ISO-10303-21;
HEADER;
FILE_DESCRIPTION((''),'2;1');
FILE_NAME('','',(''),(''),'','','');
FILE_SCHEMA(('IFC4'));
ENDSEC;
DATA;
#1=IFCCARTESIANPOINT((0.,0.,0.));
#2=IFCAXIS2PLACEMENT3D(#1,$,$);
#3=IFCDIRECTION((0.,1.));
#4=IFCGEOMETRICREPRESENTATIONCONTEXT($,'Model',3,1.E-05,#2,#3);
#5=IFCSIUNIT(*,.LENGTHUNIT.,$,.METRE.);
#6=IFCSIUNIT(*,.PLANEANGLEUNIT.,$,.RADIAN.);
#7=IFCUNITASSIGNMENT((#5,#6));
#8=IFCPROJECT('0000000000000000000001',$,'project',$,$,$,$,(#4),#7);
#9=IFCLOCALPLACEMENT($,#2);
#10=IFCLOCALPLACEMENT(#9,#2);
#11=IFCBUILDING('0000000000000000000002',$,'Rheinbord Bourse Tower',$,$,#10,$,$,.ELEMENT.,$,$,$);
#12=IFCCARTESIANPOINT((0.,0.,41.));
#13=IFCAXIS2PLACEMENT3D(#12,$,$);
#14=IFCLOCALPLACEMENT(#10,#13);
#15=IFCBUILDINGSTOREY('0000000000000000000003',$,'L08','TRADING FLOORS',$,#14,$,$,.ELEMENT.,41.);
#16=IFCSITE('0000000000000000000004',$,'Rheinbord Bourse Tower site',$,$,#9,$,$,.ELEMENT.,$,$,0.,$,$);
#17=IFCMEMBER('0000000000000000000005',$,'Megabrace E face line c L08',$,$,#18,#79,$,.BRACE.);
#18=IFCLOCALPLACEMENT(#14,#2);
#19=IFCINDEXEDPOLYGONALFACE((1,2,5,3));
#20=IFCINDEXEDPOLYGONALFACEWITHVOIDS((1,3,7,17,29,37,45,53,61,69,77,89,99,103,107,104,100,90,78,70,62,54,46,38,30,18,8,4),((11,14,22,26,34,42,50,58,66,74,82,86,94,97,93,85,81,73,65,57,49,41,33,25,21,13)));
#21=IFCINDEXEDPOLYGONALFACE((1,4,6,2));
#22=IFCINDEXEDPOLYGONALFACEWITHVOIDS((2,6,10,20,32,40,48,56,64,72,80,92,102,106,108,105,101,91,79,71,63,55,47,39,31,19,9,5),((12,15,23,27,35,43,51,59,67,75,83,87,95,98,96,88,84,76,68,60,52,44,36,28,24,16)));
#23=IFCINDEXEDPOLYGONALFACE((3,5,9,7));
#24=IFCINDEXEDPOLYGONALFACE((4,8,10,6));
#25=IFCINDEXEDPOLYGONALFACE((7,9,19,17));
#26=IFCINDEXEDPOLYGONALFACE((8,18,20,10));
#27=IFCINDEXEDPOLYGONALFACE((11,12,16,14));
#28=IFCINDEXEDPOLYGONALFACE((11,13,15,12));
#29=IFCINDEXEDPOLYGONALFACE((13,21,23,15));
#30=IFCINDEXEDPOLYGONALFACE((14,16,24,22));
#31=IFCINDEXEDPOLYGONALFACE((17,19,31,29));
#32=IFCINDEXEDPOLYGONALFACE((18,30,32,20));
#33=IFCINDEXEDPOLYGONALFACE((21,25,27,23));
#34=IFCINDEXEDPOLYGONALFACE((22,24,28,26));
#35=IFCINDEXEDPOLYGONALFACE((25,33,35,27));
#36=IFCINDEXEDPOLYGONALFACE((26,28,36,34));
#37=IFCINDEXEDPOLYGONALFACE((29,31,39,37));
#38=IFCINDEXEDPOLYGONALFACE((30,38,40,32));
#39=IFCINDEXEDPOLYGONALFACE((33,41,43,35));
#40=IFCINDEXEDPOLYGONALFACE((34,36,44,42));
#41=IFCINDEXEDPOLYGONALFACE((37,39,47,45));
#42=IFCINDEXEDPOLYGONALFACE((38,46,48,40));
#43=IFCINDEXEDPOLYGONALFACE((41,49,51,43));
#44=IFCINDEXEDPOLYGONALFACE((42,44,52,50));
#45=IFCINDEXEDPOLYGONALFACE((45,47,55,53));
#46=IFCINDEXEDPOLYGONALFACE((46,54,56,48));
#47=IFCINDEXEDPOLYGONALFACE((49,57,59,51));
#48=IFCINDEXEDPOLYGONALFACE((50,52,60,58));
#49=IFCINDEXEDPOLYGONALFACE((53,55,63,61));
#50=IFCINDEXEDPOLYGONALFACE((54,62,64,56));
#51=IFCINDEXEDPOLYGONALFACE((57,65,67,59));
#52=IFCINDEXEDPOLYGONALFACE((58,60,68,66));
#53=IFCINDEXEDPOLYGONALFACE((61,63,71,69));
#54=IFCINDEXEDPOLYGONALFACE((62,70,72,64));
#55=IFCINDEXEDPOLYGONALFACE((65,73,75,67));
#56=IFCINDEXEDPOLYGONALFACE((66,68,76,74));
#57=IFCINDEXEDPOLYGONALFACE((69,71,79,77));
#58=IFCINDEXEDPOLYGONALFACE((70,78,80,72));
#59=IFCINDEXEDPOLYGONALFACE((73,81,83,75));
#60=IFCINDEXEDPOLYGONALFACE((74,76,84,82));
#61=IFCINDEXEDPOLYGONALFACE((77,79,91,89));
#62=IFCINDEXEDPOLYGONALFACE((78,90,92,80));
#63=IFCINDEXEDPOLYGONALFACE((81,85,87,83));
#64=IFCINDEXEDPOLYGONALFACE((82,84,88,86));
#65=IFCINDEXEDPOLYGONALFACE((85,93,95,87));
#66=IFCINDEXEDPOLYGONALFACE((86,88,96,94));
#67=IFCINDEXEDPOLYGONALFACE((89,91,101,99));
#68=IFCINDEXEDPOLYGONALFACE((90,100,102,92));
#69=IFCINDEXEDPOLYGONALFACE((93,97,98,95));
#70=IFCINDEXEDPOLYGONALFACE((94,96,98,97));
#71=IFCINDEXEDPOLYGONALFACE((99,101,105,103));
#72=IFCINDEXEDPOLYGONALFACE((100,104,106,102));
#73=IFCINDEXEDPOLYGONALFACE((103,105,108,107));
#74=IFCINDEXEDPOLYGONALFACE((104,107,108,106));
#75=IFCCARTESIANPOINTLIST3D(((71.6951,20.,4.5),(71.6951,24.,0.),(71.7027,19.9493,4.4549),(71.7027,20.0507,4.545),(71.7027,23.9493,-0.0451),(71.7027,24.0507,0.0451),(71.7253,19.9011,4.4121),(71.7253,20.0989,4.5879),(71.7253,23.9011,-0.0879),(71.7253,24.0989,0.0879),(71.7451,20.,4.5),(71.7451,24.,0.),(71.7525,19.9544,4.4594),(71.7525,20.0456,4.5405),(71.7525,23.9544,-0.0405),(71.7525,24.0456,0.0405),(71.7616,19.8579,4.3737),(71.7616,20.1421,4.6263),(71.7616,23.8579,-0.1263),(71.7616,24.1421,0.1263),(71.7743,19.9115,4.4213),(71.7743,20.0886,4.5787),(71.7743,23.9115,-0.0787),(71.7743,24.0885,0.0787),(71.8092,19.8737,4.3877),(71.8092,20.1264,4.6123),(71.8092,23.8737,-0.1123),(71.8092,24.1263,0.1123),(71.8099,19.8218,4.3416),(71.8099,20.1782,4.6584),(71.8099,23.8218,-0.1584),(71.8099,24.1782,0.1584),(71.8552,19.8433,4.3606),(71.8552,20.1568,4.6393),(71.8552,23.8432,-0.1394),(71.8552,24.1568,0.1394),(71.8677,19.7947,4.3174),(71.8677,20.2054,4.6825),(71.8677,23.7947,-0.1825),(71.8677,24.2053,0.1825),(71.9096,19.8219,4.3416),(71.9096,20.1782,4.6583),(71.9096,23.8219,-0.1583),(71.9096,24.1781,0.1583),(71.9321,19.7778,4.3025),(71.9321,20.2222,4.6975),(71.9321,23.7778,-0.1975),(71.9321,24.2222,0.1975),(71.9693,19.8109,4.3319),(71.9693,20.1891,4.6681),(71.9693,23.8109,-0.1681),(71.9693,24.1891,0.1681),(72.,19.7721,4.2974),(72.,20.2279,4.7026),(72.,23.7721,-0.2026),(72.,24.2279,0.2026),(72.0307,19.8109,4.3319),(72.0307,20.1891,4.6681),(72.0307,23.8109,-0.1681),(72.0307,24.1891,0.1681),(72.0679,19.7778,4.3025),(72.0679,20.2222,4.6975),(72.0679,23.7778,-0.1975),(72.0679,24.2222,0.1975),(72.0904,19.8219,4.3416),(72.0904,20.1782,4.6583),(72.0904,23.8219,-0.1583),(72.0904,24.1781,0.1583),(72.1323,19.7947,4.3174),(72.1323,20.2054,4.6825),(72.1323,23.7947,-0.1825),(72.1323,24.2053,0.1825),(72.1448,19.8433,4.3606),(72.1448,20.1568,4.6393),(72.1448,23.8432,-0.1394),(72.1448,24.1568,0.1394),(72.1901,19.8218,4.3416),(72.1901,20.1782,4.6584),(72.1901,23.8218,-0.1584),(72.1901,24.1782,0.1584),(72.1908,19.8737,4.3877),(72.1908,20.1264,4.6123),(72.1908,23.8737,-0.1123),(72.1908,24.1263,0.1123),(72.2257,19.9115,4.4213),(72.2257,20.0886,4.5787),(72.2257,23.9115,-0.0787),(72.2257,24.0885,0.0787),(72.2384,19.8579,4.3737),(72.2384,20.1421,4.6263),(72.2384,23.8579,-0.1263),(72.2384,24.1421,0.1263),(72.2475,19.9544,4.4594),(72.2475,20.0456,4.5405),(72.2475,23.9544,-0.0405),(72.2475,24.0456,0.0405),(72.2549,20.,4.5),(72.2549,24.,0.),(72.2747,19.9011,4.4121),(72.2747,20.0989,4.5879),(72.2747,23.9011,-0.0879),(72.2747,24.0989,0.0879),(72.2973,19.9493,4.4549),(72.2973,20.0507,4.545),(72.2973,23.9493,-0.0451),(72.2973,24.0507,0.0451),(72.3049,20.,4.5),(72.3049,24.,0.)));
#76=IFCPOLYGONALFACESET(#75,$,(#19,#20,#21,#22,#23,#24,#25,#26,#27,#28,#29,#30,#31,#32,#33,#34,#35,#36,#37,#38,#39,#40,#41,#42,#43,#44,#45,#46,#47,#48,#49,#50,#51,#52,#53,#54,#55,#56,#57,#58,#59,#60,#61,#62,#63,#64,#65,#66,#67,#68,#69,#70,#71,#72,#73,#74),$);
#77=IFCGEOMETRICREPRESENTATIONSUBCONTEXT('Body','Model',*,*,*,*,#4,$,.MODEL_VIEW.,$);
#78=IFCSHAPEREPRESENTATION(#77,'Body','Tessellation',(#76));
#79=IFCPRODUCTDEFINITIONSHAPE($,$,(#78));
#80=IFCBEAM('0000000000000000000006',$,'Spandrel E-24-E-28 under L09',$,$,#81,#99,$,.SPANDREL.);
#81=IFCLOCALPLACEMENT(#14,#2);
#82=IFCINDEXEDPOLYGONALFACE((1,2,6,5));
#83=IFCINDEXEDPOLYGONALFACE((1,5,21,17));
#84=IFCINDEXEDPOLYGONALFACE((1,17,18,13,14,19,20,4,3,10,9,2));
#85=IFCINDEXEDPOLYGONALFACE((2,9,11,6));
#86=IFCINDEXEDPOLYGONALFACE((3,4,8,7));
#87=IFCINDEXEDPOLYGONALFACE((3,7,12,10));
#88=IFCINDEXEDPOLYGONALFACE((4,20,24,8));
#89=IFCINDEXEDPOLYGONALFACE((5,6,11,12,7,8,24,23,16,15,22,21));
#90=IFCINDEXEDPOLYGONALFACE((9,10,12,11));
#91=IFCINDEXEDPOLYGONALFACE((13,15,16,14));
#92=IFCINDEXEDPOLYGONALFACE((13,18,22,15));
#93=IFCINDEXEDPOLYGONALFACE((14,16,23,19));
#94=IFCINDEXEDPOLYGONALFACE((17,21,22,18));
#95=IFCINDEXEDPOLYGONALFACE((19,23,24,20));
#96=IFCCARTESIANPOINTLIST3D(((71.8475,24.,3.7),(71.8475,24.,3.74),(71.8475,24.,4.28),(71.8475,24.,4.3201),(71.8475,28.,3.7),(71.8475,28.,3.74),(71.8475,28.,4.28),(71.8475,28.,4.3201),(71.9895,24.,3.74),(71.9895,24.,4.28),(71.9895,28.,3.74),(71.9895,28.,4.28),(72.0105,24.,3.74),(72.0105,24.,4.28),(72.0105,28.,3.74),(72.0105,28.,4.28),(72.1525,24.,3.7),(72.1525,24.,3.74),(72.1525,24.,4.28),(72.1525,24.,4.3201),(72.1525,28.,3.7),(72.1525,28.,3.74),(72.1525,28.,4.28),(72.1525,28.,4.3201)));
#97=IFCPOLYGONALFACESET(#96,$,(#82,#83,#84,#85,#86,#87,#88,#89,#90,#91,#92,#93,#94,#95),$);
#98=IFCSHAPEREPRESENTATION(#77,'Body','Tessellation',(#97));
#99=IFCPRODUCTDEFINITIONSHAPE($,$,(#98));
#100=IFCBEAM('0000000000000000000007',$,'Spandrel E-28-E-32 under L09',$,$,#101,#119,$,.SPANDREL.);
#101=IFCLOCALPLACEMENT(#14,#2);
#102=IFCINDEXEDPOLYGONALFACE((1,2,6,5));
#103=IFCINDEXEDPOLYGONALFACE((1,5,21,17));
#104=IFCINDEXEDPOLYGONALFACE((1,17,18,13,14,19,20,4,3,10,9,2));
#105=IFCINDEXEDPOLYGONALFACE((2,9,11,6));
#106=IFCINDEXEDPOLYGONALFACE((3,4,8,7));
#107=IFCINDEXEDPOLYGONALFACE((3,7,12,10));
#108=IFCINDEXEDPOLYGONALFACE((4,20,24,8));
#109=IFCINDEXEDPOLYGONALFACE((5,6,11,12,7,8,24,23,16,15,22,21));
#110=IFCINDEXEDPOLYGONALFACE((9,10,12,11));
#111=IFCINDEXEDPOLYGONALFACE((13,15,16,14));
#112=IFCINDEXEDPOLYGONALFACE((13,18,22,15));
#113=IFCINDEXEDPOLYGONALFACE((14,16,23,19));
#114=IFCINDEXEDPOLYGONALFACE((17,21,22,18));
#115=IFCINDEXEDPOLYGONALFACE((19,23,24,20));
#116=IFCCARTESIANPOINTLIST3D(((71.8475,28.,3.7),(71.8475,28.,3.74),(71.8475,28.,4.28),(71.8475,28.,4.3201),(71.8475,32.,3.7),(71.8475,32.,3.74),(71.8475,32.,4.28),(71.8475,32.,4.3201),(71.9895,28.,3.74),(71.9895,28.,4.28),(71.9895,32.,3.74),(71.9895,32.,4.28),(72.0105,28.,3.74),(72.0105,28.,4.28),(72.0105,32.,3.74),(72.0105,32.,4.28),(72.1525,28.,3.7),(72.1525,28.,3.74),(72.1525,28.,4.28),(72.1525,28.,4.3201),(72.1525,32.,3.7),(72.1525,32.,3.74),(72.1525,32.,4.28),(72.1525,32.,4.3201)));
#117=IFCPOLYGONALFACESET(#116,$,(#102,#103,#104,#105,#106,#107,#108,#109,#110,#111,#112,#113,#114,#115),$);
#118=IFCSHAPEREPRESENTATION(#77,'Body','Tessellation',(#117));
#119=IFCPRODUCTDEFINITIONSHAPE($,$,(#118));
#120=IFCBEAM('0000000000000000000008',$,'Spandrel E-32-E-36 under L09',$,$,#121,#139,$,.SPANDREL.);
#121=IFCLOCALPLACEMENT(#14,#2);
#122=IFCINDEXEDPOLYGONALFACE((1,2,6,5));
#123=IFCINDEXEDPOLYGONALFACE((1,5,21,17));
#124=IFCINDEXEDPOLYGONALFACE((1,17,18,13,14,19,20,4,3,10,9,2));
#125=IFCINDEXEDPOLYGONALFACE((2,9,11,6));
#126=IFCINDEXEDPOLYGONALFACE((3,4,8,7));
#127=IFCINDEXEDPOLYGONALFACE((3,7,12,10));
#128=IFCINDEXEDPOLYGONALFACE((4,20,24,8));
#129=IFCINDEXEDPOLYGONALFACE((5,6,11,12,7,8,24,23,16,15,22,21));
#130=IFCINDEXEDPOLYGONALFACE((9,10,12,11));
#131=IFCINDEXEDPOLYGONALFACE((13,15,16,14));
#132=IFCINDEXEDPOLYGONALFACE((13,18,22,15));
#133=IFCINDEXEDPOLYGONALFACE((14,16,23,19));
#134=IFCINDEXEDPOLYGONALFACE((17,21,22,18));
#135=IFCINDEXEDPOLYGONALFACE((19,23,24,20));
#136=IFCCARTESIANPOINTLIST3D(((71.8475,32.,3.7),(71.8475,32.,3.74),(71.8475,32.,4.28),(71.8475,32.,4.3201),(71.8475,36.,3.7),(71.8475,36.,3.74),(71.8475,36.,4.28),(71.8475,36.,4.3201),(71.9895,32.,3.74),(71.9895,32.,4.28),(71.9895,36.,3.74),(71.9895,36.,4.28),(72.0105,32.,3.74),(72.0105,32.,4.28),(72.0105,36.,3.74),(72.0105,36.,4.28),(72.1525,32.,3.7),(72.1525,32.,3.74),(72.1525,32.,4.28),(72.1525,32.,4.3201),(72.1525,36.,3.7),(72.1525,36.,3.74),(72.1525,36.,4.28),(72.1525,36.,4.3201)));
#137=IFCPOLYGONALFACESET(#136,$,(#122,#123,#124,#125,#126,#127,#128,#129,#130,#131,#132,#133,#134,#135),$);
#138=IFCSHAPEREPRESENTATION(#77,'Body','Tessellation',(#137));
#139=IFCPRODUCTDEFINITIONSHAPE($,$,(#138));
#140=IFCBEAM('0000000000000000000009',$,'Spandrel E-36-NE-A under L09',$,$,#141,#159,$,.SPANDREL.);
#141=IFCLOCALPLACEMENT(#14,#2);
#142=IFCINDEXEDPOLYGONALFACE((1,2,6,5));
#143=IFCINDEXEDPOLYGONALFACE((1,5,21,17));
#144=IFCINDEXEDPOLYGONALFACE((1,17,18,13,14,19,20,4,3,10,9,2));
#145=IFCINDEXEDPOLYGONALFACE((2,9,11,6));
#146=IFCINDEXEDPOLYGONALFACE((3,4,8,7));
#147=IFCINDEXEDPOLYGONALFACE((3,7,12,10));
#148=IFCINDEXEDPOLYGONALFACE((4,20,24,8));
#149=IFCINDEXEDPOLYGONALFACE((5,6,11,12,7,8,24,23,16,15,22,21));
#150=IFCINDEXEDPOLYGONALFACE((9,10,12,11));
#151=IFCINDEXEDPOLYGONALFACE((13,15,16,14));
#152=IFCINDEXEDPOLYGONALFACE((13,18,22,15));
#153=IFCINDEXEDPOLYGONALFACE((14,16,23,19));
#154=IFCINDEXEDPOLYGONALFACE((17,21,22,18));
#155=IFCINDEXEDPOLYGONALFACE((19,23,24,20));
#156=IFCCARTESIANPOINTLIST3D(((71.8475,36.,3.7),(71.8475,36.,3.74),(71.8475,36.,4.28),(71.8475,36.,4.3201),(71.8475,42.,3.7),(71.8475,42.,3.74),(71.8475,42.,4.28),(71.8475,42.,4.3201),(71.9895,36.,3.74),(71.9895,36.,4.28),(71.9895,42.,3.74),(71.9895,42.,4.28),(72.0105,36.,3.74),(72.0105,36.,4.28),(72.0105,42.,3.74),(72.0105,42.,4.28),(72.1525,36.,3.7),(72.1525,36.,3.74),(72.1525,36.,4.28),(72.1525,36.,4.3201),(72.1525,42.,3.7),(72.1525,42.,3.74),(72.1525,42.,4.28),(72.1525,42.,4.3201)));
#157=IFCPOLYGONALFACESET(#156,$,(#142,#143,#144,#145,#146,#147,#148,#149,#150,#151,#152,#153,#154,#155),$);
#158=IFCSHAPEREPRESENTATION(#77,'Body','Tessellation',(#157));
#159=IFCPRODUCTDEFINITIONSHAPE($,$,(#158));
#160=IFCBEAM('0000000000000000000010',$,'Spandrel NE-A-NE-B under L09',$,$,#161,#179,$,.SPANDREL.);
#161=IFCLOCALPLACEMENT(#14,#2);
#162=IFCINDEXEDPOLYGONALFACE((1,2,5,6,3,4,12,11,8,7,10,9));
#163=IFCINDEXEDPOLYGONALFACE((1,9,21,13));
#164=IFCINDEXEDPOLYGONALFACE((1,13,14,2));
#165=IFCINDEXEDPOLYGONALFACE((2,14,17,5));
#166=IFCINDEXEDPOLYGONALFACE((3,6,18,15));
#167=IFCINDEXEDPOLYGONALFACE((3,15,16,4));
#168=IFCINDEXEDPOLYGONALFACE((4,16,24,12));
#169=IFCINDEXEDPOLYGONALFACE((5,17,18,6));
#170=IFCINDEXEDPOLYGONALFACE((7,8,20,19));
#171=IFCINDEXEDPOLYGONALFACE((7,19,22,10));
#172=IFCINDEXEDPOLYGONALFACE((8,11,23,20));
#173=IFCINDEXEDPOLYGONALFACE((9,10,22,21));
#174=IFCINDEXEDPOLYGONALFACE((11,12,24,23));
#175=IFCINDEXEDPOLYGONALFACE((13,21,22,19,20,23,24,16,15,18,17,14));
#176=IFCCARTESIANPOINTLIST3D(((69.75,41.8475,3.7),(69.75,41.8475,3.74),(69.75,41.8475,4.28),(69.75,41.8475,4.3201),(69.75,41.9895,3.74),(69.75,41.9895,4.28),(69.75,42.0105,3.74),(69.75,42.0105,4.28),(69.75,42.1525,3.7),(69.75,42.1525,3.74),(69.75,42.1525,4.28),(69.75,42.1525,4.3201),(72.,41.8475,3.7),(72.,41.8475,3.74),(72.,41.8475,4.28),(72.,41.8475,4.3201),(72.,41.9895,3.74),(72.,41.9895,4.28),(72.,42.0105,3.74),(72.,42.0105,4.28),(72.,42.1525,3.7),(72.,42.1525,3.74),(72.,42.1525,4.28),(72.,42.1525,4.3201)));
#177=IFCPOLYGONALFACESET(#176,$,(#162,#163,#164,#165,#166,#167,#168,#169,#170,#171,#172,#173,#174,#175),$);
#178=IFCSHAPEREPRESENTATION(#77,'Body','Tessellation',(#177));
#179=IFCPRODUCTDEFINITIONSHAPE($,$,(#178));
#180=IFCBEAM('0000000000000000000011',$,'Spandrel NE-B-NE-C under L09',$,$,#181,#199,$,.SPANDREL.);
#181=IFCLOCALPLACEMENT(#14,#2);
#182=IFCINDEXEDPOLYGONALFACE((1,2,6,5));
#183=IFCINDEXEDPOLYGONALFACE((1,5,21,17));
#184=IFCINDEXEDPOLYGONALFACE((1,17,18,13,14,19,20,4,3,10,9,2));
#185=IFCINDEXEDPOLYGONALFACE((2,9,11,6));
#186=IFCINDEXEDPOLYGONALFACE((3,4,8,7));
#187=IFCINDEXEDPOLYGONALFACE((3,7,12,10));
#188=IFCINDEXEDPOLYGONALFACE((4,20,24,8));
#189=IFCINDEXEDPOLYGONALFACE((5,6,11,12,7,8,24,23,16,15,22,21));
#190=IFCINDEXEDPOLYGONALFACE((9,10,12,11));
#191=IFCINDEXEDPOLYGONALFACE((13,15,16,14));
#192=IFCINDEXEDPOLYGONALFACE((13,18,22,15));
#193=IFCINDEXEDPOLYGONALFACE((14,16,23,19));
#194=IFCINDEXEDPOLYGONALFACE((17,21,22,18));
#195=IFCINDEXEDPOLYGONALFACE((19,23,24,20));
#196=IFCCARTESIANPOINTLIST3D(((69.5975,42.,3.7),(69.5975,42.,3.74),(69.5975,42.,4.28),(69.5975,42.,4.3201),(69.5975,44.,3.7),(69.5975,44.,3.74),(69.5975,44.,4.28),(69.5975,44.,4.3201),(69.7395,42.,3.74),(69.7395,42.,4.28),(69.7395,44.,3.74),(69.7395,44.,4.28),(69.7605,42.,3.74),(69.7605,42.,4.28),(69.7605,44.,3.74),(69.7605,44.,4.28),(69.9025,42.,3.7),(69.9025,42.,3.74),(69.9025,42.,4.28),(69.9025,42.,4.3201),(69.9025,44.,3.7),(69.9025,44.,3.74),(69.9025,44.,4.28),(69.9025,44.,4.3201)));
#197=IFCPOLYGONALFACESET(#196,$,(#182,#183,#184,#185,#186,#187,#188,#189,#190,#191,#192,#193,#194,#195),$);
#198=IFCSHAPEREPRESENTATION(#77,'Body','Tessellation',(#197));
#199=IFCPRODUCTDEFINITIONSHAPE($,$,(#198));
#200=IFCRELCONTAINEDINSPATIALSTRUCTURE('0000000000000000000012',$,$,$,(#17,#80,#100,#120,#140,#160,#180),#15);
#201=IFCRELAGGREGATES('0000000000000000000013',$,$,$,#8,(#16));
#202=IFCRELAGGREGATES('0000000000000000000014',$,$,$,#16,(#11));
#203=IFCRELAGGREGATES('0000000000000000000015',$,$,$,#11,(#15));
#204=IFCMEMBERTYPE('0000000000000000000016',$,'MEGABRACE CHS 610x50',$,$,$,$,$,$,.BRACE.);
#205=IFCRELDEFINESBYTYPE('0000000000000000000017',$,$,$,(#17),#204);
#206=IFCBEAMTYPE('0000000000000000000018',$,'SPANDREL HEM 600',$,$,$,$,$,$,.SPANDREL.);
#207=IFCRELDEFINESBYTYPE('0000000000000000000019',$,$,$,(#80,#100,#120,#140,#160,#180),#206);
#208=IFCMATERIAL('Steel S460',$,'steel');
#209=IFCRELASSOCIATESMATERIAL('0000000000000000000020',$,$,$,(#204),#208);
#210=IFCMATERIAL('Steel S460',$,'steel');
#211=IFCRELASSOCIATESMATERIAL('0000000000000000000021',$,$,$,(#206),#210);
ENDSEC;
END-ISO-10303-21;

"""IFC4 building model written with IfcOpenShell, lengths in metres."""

from ifc_helpers import new_model, si_unit, direction, frame, origin, origin_2d, place, context, subcontext, project, spatial, hollow_circle, i_section, extrude, material, material_profile, profile_set, type_object, element, save


model = new_model("IFC4")

# Units and contexts
model_context = context("Model", 3, precision=1e-05, world=origin(), true_north=direction((0.0, 1.0)))
body_context = subcontext(model_context, "Body", "Model", "MODEL_VIEW")
ifc_project = project(units=[si_unit("LENGTHUNIT", "METRE"), si_unit("PLANEANGLEUNIT", "RADIAN")], contexts=[model_context])

# Site, building, storey
site_placement = place(None, origin())
site = spatial("IfcSite", under=ifc_project, at=site_placement, Name="Rheinbord Bourse Tower site", CompositionType="ELEMENT", RefElevation=0.0)
building_placement = place(site_placement, origin())
building = spatial("IfcBuilding", under=site, at=building_placement, Name="Rheinbord Bourse Tower", CompositionType="ELEMENT")
storey_placement = place(building_placement, frame((0.0, 0.0, 41.0)))
storey = spatial("IfcBuildingStorey", under=building, at=storey_placement, Name="L08", Description="TRADING FLOORS", CompositionType="ELEMENT", Elevation=41.0)

# Member
ifc_material_1 = material(Name="Steel S460", Category="steel")
ifc_material_profile_1 = material_profile(ifc_material_1, hollow_circle(Radius=0.3049, WallThickness=0.05, at=origin_2d()), Name="CHS 610x50")
ifc_profile_set_1 = profile_set([ifc_material_profile_1], Name="Steel S460")
member_type_1 = type_object("IfcMemberType", Name="MEGABRACE CHS 610x50", PredefinedType="BRACE", material=ifc_profile_set_1)
member_1_placement = place(storey_placement, frame((72.0, 24.0, 0.0), z_axis=(0.0, -0.664364, 0.747409), x_axis=(1.0, 0.0, 0.0)))
element("IfcMember", 1, at=member_1_placement, inside=storey, type_object=member_type_1, Name="Megabrace E face line c L08", PredefinedType="BRACE", context=body_context, shape_type="SweptSolid", body=[
    extrude(hollow_circle(Radius=0.3049, WallThickness=0.05, at=origin_2d()), origin(), (0.0, 0.0, 1.0), 6.0208),
])

# Beams
ifc_material_2 = material(Name="Steel S460", Category="steel")
ifc_material_profile_2 = material_profile(ifc_material_2, i_section(OverallWidth=0.3049, OverallDepth=0.6201, WebThickness=0.021, FlangeThickness=0.04, at=origin_2d()), Name="HEM 600")
ifc_profile_set_2 = profile_set([ifc_material_profile_2], Name="Steel S460")
beam_type_1 = type_object("IfcBeamType", Name="SPANDREL HEM 600", PredefinedType="SPANDREL", material=ifc_profile_set_2)
for number, where, z_axis, x_axis, name in (
    (2, (72.0, 24.0, 4.01), (0.0, 1.0, 0.0), (-1.0, 0.0, 0.0), "Spandrel E-24-E-28 under L09"),
    (3, (72.0, 28.0, 4.01), (0.0, 1.0, 0.0), (-1.0, 0.0, 0.0), "Spandrel E-28-E-32 under L09"),
    (4, (72.0, 32.0, 4.01), (0.0, 1.0, 0.0), (-1.0, 0.0, 0.0), "Spandrel E-32-E-36 under L09"),
):
    element("IfcBeam", number, at=place(storey_placement, frame(where, z_axis=z_axis, x_axis=x_axis)), inside=storey, type_object=beam_type_1, Name=name, PredefinedType="SPANDREL", context=body_context, shape_type="SweptSolid", body=[
        extrude(i_section(OverallWidth=0.3049, OverallDepth=0.6201, WebThickness=0.021, FlangeThickness=0.04, at=origin_2d()), origin(), (0.0, 0.0, 1.0), 4.0),
    ])
beam_1_placement = place(storey_placement, frame((72.0, 36.0, 4.01), z_axis=(0.0, 1.0, 0.0), x_axis=(-1.0, 0.0, 0.0)))
element("IfcBeam", 5, at=beam_1_placement, inside=storey, type_object=beam_type_1, Name="Spandrel E-36-NE-A under L09", PredefinedType="SPANDREL", context=body_context, shape_type="SweptSolid", body=[
    extrude(i_section(OverallWidth=0.3049, OverallDepth=0.6201, WebThickness=0.021, FlangeThickness=0.04, at=origin_2d()), origin(), (0.0, 0.0, 1.0), 6.0),
])
beam_2_placement = place(storey_placement, frame((72.0, 42.0, 4.01), z_axis=(-1.0, 0.0, 0.0), x_axis=(0.0, -1.0, 0.0)))
element("IfcBeam", 6, at=beam_2_placement, inside=storey, type_object=beam_type_1, Name="Spandrel NE-A-NE-B under L09", PredefinedType="SPANDREL", context=body_context, shape_type="SweptSolid", body=[
    extrude(i_section(OverallWidth=0.3049, OverallDepth=0.6201, WebThickness=0.021, FlangeThickness=0.04, at=origin_2d()), origin(), (0.0, 0.0, 1.0), 2.25),
])
beam_3_placement = place(storey_placement, frame((69.75, 42.0, 4.01), z_axis=(0.0, 1.0, 0.0), x_axis=(-1.0, 0.0, 0.0)))
element("IfcBeam", 7, at=beam_3_placement, inside=storey, type_object=beam_type_1, Name="Spandrel NE-B-NE-C under L09", PredefinedType="SPANDREL", context=body_context, shape_type="SweptSolid", body=[
    extrude(i_section(OverallWidth=0.3049, OverallDepth=0.6201, WebThickness=0.021, FlangeThickness=0.04, at=origin_2d()), origin(), (0.0, 0.0, 1.0), 2.0),
])

save(model, "model.ifc")
